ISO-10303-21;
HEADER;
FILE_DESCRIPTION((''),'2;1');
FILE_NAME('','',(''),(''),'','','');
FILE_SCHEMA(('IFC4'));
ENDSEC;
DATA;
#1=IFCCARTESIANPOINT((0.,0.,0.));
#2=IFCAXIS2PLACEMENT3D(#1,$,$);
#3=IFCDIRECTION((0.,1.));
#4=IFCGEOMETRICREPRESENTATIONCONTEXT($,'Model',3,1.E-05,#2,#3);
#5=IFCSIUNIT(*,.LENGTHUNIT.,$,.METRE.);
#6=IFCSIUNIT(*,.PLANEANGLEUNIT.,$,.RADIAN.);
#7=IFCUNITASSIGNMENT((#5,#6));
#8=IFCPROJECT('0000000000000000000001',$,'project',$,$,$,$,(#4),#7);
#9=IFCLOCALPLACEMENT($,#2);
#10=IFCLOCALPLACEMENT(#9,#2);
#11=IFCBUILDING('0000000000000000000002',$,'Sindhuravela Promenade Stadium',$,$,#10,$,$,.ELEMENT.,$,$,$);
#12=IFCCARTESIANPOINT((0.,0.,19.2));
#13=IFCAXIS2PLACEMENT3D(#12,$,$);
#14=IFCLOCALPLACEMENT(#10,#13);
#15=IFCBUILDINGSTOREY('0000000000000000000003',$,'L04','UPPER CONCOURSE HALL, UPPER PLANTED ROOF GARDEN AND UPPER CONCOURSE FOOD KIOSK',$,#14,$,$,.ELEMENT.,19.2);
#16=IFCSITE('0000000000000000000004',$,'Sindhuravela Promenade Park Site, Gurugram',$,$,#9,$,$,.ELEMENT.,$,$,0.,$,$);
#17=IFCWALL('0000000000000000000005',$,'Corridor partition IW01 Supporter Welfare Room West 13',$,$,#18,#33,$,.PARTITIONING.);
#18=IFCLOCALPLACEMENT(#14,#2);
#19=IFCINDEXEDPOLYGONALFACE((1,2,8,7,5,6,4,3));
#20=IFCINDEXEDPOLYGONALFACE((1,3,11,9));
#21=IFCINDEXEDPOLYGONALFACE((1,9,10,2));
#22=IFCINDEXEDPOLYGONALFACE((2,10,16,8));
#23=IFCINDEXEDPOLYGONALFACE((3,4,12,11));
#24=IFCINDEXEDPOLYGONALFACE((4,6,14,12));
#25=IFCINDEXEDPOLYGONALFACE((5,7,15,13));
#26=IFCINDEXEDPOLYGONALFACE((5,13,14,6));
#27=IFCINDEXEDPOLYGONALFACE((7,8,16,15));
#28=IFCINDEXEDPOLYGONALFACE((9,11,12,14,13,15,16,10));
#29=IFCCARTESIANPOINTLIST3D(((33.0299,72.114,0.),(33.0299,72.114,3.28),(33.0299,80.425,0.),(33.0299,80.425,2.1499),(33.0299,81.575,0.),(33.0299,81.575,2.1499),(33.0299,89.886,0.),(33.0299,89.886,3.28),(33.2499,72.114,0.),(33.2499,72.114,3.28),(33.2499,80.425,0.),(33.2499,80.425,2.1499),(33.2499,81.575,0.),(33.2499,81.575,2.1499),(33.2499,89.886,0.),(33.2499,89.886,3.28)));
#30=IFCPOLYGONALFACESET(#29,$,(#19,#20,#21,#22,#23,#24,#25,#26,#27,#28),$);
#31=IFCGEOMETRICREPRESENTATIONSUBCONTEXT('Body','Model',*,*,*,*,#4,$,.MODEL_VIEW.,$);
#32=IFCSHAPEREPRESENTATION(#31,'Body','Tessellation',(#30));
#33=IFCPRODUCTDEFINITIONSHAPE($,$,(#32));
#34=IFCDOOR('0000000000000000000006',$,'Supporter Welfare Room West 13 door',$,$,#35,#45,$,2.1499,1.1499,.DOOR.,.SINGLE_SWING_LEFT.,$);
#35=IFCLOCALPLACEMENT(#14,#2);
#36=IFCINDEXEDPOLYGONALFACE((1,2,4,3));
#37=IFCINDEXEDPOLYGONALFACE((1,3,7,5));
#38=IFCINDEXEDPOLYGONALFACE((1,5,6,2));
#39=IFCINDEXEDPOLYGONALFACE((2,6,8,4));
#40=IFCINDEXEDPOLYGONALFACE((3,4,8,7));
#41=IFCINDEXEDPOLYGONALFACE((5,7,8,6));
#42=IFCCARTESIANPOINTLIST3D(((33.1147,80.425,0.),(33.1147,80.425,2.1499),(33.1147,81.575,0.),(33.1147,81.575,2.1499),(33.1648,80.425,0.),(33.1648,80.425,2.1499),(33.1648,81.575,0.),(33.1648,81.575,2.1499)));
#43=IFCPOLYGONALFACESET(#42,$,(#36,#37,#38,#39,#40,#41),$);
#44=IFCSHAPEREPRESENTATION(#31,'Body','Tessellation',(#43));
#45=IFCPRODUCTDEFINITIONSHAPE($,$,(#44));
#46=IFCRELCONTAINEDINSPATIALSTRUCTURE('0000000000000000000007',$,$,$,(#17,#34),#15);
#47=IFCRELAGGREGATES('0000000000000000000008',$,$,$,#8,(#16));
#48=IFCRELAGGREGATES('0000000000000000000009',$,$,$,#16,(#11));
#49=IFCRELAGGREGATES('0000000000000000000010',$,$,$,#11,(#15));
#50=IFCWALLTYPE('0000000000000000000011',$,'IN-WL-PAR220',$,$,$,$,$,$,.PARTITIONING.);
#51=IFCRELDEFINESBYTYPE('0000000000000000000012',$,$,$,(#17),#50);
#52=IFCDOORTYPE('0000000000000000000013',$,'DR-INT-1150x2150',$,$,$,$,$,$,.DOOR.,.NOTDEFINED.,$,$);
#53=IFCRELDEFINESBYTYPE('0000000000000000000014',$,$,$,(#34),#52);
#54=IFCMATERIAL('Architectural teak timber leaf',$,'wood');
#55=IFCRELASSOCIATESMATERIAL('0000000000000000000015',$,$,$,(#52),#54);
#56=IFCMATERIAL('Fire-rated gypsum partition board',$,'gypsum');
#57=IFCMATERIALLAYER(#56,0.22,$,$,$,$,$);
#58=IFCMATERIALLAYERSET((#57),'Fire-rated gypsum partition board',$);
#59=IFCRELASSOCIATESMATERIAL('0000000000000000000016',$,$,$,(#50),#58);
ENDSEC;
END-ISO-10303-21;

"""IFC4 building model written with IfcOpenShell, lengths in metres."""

from ifc_helpers import new_model, si_unit, direction, frame, frame_2d, origin, place, context, subcontext, project, spatial, rectangle, extrude, material, layer, layer_set, type_object, element, fill, save


model = new_model("IFC4")

# Units and contexts
model_context = context("Model", 3, precision=1e-05, world=origin(), true_north=direction((0.0, 1.0)))
body_context = subcontext(model_context, "Body", "Model", "MODEL_VIEW")
ifc_project = project(units=[si_unit("LENGTHUNIT", "METRE"), si_unit("PLANEANGLEUNIT", "RADIAN")], contexts=[model_context])

# Site, building, storey
site_placement = place(None, origin())
site = spatial("IfcSite", under=ifc_project, at=site_placement, Name="Sindhuravela Promenade Park Site, Gurugram", CompositionType="ELEMENT", RefElevation=0.0)
building_placement = place(site_placement, origin())
building = spatial("IfcBuilding", under=site, at=building_placement, Name="Sindhuravela Promenade Stadium", CompositionType="ELEMENT")
storey_placement = place(building_placement, frame((0.0, 0.0, 19.2)))
storey = spatial("IfcBuildingStorey", under=building, at=storey_placement, Name="L04", Description="UPPER CONCOURSE HALL, UPPER PLANTED ROOF GARDEN AND UPPER CONCOURSE FOOD KIOSK", CompositionType="ELEMENT", Elevation=19.2)

# Shared definitions
ifc_material_1 = material(Name="Fire-rated gypsum partition board", Category="gypsum")

# Shared definitions
ifc_material_2 = material(Name="Architectural teak timber leaf", Category="wood")
door_type_1 = type_object("IfcDoorType", Name="DR-INT-1150x2150", OperationType="NOTDEFINED", PredefinedType="DOOR", material=ifc_material_2)

# Wall, opening, door
ifc_layer_1 = layer(ifc_material_1, 0.22)
ifc_layer_set_1 = layer_set([ifc_layer_1], Name="Fire-rated gypsum partition board")
wall_type_1 = type_object("IfcWallType", Name="IN-WL-PAR220", PredefinedType="PARTITIONING", material=ifc_layer_set_1)
wall_1_placement = place(storey_placement, frame((33.1399, 89.886, 0.0), z_axis=(0.0, 0.0, 1.0), x_axis=(0.0, -1.0, 0.0)))
wall_1 = element("IfcWall", 1, at=wall_1_placement, inside=storey, type_object=wall_type_1, Name="Corridor partition IW01 Supporter Welfare Room West 13", PredefinedType="PARTITIONING", context=body_context, shape_type="SweptSolid", body=[
    extrude(rectangle(XDim=17.772, YDim=0.22, at=frame_2d((8.886, 0.0))), origin(), (0.0, 0.0, 1.0), 3.28),
])
opening_1_placement = place(wall_1_placement, frame((8.311, 0.0, 0.0)))
opening_1 = element("IfcOpeningElement", 2, at=opening_1_placement, cuts=wall_1, PredefinedType="OPENING", context=body_context, shape_type="SweptSolid", body=[
    extrude(rectangle(XDim=1.1499, YDim=2.1499, at=frame_2d((0.575, 1.075))), frame((0.0, 0.1199, 0.0), z_axis=(0.0, -1.0, 0.0), x_axis=(1.0, 0.0, 0.0)), (0.0, 0.0, 1.0), 0.24),
])
door_1_placement = place(opening_1_placement, origin())
door_1 = element("IfcDoor", 3, at=door_1_placement, inside=storey, type_object=door_type_1, Name="Supporter Welfare Room West 13 door", OperationType="SINGLE_SWING_LEFT", OverallHeight=2.1499, OverallWidth=1.1499, PredefinedType="DOOR", context=body_context, shape_type="SweptSolid", body=[
    extrude(rectangle(XDim=1.1499, YDim=2.1499, at=frame_2d((0.575, 1.075))), frame((0.0, 0.0249, 0.0), z_axis=(0.0, -1.0, 0.0), x_axis=(1.0, 0.0, 0.0)), (0.0, 0.0, 1.0), 0.05),
])
fill(opening_1, door_1)

save(model, "model.ifc")
